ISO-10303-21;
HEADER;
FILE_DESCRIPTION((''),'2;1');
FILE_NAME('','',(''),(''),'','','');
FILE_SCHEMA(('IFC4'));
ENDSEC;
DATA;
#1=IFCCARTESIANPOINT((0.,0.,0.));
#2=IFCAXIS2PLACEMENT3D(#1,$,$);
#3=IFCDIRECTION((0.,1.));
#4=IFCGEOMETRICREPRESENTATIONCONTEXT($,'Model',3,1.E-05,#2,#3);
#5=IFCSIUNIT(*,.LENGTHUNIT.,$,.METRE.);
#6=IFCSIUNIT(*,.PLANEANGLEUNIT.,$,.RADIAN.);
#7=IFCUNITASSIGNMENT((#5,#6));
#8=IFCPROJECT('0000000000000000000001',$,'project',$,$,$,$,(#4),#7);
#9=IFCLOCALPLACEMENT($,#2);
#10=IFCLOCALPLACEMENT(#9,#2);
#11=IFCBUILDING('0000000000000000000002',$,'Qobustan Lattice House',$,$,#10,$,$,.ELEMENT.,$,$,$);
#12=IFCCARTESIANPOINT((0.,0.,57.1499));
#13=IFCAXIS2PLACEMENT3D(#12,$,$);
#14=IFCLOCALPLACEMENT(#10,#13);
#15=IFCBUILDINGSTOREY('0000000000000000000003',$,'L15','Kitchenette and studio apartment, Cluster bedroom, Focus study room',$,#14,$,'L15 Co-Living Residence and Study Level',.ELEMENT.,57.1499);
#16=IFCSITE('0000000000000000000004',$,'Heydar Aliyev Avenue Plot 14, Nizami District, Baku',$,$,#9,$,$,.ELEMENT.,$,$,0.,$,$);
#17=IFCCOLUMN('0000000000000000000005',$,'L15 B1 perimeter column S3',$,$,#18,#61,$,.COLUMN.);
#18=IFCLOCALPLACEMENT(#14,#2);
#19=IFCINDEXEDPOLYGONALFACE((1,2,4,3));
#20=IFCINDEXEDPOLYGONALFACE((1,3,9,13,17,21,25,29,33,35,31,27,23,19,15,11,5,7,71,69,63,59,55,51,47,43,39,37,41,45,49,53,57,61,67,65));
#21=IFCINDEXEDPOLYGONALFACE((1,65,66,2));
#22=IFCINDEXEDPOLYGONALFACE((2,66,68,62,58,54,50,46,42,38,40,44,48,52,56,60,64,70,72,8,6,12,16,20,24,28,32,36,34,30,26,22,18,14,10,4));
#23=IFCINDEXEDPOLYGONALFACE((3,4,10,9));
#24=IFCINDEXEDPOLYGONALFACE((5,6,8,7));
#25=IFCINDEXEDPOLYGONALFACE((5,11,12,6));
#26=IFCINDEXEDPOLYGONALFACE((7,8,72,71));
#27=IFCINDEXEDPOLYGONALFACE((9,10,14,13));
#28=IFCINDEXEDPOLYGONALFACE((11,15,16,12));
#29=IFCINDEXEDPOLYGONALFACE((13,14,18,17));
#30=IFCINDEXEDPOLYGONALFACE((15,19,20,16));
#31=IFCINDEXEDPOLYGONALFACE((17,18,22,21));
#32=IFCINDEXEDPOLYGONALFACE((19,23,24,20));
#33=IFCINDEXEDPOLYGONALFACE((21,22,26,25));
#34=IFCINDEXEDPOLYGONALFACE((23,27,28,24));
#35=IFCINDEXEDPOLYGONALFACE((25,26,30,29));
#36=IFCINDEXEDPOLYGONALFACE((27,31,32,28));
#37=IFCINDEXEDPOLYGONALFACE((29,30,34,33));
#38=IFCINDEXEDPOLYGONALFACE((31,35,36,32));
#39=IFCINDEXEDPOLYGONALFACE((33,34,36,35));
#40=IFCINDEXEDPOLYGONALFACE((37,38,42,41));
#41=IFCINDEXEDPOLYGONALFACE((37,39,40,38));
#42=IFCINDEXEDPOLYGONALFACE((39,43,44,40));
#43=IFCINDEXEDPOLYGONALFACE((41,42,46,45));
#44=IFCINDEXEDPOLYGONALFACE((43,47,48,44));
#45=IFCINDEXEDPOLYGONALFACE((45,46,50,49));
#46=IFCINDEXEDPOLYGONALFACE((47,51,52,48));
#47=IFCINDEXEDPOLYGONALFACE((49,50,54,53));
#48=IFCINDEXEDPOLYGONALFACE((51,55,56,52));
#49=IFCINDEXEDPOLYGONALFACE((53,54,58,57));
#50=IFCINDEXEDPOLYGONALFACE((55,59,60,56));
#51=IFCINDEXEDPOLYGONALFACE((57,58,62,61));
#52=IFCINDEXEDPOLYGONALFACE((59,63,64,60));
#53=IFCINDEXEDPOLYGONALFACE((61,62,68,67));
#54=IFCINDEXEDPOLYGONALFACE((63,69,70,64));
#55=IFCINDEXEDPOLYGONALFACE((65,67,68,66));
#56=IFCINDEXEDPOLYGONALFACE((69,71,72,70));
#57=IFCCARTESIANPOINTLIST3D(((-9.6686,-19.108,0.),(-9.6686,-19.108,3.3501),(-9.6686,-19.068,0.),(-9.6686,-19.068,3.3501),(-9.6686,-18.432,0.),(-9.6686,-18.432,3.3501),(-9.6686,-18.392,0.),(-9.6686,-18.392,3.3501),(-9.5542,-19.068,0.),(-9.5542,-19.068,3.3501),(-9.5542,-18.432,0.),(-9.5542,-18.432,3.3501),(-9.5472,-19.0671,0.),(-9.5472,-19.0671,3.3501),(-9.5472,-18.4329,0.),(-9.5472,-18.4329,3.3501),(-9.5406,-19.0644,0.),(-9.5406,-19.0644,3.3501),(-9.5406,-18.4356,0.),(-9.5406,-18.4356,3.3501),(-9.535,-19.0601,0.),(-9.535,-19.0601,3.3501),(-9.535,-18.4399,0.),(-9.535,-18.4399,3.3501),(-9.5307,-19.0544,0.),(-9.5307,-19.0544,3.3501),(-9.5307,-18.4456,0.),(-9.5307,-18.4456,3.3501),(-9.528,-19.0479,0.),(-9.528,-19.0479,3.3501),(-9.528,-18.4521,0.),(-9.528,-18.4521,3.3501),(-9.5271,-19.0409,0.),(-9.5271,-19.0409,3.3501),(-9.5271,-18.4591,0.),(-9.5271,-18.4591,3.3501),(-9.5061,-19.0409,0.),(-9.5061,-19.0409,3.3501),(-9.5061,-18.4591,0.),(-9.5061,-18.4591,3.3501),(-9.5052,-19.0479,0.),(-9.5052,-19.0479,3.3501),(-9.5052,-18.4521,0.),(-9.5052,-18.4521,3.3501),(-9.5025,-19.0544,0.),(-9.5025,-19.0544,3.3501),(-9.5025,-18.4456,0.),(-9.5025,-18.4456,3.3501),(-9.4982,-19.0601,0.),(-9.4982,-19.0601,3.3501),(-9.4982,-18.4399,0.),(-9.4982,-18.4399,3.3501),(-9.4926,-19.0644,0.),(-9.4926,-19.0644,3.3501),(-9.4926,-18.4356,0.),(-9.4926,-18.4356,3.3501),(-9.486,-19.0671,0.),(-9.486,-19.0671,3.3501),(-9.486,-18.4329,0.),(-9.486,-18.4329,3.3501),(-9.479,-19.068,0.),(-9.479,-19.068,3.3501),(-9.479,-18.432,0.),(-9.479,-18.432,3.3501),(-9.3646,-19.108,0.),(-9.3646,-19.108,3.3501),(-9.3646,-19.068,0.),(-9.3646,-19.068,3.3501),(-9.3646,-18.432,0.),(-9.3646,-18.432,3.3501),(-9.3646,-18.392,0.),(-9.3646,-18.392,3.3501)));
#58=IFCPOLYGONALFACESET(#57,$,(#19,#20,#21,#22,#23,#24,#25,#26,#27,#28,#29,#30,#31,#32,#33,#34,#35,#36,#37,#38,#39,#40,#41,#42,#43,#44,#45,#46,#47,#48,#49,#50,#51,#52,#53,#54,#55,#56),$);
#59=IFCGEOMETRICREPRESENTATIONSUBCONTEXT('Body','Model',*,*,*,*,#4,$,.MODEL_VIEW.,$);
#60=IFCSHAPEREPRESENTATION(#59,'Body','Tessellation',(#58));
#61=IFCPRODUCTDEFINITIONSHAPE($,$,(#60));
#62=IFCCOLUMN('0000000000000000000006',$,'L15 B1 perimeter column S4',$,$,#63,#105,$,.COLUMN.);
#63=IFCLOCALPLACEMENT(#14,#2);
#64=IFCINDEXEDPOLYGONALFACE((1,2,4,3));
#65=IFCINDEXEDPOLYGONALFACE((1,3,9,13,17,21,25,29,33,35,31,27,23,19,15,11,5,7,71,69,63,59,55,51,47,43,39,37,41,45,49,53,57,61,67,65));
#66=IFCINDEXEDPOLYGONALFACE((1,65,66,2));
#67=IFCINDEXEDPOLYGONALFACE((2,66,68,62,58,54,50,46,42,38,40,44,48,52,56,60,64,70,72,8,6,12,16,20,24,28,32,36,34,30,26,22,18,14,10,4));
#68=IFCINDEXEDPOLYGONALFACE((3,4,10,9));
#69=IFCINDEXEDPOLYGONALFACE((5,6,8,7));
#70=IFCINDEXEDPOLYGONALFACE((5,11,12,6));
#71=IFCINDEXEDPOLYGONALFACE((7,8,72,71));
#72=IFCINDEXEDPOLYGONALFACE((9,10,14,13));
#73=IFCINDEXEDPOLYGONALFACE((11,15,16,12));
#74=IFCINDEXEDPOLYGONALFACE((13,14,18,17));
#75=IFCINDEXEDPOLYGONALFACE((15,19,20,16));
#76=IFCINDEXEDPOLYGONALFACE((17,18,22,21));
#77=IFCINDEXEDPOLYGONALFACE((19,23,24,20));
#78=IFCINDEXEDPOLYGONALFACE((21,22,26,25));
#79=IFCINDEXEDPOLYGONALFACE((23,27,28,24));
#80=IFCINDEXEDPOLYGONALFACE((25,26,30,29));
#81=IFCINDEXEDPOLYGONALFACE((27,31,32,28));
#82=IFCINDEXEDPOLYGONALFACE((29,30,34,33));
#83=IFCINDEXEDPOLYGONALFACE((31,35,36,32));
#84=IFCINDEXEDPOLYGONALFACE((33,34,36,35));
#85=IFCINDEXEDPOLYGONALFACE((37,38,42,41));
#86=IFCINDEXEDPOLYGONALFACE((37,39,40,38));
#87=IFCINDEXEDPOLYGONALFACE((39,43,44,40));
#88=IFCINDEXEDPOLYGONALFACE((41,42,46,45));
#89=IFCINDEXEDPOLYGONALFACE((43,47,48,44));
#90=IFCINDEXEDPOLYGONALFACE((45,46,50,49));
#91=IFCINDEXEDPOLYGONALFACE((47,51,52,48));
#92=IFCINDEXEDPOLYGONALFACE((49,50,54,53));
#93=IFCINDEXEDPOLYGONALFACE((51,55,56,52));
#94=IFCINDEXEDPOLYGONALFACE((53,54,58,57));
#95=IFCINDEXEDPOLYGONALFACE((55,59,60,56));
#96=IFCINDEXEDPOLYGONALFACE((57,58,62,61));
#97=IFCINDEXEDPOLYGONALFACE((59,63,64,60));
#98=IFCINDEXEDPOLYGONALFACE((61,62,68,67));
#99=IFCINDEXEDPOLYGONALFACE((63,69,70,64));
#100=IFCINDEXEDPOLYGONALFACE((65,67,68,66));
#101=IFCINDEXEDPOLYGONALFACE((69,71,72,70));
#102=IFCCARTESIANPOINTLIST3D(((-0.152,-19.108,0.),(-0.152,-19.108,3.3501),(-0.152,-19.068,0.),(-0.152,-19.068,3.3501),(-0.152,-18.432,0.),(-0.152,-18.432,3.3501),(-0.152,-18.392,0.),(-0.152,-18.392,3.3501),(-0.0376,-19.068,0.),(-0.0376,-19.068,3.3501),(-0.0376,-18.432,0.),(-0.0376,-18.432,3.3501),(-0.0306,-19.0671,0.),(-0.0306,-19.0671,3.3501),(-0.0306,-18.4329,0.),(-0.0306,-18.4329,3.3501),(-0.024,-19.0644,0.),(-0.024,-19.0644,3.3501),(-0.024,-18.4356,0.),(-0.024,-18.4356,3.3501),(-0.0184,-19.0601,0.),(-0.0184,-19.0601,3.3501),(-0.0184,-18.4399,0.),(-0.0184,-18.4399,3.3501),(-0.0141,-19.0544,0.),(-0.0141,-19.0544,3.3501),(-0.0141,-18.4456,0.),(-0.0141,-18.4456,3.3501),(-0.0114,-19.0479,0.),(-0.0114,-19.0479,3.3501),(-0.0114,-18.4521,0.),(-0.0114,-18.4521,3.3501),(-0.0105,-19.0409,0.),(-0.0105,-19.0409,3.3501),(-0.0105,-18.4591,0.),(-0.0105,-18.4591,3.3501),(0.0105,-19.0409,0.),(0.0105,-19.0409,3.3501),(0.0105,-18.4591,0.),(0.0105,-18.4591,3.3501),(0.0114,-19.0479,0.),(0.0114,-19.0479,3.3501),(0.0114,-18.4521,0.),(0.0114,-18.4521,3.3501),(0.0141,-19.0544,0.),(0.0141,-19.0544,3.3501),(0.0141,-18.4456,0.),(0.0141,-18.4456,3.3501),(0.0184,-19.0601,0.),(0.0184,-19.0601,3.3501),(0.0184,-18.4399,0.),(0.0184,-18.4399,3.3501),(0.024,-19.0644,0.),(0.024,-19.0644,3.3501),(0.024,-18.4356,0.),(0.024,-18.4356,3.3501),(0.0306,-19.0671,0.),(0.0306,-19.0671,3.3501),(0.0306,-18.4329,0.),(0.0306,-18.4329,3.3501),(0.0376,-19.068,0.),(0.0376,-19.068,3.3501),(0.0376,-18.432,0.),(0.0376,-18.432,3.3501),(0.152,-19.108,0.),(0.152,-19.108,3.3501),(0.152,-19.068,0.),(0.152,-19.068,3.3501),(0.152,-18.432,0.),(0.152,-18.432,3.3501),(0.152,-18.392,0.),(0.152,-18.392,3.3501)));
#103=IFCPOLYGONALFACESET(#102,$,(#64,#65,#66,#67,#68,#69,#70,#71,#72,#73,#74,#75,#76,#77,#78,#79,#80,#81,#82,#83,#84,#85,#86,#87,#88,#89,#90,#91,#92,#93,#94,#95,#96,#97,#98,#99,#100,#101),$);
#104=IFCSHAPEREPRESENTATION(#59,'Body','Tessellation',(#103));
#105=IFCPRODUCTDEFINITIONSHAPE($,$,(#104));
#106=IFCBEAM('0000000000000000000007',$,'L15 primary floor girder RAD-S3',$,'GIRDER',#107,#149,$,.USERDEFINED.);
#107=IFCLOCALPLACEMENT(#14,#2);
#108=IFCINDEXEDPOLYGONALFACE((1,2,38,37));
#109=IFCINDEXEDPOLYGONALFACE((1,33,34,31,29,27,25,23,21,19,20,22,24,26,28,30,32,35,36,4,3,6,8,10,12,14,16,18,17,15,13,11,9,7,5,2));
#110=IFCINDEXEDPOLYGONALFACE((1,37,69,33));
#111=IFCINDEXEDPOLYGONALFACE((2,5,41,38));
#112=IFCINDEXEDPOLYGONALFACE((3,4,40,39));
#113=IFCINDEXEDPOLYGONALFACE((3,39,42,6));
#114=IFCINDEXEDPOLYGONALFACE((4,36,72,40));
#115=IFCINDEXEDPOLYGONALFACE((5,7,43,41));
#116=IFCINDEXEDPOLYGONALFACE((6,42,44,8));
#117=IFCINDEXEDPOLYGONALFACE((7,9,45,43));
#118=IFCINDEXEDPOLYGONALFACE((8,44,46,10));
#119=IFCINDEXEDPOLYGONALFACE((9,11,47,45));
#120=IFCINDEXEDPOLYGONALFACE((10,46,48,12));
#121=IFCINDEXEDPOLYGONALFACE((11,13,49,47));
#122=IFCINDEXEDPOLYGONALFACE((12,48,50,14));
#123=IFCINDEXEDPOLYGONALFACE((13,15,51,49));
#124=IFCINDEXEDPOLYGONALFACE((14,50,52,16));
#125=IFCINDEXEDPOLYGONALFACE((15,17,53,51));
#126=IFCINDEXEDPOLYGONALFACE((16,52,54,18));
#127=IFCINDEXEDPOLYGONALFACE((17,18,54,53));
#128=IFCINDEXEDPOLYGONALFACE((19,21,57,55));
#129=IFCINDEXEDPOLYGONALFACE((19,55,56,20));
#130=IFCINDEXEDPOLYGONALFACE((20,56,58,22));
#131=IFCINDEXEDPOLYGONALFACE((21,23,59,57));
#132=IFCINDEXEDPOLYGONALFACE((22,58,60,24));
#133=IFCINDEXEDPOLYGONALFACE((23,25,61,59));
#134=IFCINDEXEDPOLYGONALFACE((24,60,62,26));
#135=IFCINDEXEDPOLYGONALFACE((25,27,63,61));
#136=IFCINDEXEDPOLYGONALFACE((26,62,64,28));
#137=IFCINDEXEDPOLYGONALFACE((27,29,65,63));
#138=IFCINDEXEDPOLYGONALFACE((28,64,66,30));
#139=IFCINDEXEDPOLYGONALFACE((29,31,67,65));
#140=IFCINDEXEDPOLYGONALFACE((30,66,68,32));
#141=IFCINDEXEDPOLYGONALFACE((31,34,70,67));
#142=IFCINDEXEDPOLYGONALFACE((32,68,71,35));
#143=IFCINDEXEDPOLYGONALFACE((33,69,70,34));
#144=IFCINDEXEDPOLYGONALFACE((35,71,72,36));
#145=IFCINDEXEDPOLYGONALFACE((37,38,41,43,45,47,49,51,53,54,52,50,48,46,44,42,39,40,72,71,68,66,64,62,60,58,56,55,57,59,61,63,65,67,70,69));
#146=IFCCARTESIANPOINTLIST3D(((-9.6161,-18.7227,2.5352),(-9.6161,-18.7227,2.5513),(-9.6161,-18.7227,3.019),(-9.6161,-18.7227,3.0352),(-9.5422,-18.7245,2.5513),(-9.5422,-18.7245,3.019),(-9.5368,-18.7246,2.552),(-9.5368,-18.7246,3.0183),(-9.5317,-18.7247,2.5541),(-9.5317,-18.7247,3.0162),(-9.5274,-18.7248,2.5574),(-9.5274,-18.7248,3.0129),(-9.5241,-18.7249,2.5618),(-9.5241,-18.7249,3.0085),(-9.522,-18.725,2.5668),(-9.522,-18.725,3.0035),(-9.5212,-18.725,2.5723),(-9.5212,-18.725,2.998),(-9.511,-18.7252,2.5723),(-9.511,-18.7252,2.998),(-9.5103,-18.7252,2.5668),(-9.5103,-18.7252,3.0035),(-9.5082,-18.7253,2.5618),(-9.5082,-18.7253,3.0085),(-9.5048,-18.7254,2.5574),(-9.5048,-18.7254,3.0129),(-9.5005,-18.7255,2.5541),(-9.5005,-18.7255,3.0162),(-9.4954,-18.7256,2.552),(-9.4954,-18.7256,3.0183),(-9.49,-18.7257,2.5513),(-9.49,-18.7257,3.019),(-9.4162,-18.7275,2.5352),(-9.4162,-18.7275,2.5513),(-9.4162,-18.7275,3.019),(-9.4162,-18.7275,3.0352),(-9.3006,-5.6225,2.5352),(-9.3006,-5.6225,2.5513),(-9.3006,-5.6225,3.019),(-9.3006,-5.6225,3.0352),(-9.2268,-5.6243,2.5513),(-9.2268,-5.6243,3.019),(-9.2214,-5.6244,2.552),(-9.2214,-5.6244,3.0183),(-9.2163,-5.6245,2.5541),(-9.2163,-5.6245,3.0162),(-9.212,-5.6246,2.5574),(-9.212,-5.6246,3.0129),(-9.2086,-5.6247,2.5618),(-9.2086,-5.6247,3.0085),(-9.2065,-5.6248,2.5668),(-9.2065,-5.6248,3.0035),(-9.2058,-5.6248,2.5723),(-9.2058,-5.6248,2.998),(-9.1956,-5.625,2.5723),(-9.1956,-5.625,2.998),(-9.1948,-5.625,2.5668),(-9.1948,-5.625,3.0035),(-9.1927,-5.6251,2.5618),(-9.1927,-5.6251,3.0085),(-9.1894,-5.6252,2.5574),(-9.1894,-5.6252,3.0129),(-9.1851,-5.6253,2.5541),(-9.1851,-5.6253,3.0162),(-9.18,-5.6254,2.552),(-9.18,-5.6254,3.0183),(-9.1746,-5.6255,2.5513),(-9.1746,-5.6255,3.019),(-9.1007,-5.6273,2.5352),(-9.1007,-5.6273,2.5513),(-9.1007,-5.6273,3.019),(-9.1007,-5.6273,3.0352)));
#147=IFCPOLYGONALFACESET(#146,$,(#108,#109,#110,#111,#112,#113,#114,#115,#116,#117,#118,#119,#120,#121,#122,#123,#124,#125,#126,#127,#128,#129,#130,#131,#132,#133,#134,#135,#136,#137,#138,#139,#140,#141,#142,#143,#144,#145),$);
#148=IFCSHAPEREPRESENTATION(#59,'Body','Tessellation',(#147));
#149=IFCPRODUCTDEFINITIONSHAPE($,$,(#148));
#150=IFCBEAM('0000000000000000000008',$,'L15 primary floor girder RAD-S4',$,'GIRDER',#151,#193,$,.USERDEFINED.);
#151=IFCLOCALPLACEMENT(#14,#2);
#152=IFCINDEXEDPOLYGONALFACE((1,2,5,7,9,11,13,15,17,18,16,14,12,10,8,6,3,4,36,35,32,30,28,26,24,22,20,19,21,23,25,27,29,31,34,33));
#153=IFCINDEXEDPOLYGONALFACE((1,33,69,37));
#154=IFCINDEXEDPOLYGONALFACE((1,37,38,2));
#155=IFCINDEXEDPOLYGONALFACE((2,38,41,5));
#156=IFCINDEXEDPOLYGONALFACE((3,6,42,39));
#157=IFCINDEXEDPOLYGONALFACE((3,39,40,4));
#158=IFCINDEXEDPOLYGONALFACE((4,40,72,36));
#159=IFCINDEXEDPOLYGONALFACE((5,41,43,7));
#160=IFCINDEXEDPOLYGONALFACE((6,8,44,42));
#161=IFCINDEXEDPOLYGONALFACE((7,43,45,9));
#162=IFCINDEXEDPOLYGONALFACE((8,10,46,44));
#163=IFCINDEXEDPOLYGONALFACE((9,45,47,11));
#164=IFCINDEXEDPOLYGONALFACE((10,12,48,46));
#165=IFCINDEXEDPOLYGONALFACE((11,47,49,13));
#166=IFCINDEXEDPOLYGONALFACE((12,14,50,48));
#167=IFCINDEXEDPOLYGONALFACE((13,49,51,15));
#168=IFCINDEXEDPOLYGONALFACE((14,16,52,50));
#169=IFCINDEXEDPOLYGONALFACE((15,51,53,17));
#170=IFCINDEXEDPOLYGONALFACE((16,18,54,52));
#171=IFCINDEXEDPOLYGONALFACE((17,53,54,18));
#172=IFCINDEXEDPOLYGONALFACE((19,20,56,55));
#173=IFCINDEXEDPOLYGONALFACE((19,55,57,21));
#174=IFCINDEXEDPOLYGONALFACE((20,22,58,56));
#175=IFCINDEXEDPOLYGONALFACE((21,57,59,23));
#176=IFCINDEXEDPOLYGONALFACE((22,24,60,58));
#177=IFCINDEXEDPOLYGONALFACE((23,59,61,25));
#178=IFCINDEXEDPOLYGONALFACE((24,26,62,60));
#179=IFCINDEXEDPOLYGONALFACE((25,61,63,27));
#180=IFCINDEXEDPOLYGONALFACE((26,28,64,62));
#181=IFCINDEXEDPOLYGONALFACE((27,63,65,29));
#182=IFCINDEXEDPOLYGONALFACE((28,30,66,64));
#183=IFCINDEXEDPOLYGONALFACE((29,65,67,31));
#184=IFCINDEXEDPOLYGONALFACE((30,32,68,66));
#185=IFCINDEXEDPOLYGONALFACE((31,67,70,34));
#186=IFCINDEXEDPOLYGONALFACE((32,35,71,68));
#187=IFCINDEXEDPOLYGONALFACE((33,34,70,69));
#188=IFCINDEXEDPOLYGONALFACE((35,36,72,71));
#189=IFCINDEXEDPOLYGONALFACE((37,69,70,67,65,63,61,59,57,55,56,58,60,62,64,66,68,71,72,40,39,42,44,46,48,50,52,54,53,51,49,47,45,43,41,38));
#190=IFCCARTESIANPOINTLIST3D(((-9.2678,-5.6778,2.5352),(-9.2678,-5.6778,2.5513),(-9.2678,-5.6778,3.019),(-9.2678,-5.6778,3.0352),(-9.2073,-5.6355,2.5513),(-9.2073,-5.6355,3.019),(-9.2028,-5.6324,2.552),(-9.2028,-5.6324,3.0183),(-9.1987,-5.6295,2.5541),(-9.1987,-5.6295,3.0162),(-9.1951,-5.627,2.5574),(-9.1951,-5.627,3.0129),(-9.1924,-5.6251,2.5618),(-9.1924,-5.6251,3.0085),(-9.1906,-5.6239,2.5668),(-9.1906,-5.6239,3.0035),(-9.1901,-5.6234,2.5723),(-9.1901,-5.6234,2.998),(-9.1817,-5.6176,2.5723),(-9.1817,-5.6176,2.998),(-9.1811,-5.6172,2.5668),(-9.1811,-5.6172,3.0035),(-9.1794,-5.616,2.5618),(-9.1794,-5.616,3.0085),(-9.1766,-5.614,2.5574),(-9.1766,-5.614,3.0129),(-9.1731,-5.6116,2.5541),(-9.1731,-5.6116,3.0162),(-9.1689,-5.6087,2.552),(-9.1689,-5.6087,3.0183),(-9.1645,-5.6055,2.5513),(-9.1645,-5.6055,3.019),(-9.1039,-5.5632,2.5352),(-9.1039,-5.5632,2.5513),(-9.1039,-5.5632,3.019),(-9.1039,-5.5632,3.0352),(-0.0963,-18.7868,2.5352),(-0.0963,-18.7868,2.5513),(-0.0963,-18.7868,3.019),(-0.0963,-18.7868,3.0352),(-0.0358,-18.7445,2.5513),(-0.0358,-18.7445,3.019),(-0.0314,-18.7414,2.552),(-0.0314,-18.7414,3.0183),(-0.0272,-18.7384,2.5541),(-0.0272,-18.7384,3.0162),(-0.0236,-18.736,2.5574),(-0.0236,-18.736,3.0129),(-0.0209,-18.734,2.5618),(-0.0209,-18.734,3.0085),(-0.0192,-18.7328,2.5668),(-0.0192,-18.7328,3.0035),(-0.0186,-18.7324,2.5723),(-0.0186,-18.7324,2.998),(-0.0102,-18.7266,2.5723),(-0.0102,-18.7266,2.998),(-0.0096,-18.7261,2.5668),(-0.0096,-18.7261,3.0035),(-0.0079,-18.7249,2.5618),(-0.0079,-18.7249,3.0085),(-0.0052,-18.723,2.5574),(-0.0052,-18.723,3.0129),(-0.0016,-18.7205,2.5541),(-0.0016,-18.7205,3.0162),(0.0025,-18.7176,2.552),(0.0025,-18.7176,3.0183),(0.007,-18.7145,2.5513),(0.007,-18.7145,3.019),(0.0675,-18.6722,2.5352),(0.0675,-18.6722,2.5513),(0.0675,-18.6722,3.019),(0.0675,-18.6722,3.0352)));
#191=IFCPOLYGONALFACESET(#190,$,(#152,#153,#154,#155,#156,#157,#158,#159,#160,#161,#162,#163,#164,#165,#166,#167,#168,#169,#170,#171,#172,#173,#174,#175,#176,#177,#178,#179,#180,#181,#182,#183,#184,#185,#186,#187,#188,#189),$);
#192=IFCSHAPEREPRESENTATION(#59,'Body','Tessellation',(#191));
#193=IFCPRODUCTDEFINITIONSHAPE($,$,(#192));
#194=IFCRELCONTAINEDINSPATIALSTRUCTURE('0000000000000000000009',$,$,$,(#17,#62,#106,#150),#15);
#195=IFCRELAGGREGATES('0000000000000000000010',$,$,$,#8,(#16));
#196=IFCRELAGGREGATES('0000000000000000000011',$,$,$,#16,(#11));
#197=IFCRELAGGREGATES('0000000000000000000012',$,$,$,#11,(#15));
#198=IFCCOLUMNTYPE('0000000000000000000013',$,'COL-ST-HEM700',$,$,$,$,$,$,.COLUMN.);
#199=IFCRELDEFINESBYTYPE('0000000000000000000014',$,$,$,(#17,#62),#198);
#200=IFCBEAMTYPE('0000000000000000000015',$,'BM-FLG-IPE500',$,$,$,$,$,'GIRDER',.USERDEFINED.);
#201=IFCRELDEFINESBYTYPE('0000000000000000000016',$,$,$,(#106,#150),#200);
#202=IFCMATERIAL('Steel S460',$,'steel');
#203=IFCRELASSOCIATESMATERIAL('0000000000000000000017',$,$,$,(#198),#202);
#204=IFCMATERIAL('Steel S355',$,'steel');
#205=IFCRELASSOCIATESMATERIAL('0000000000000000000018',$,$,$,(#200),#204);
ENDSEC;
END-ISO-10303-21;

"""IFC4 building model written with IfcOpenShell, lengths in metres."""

from ifc_helpers import new_model, si_unit, direction, frame, origin, origin_2d, place, context, subcontext, project, spatial, i_section, extrude, material, material_profile, profile_set, type_object, element, save


model = new_model("IFC4")

# Units and contexts
model_context = context("Model", 3, precision=1e-05, world=origin(), true_north=direction((0.0, 1.0)))
body_context = subcontext(model_context, "Body", "Model", "MODEL_VIEW")
ifc_project = project(units=[si_unit("LENGTHUNIT", "METRE"), si_unit("PLANEANGLEUNIT", "RADIAN")], contexts=[model_context])

# Site, building, storey
site_placement = place(None, origin())
site = spatial("IfcSite", under=ifc_project, at=site_placement, Name="Heydar Aliyev Avenue Plot 14, Nizami District, Baku", CompositionType="ELEMENT", RefElevation=0.0)
building_placement = place(site_placement, origin())
building = spatial("IfcBuilding", under=site, at=building_placement, Name="Qobustan Lattice House", CompositionType="ELEMENT")
storey_placement = place(building_placement, frame((0.0, 0.0, 57.1499)))
storey = spatial("IfcBuildingStorey", under=building, at=storey_placement, Name="L15", Description="Kitchenette and studio apartment, Cluster bedroom, Focus study room", LongName="L15 Co-Living Residence and Study Level", CompositionType="ELEMENT", Elevation=57.1499)

# Columns
ifc_material_1 = material(Name="Steel S460", Category="steel")
ifc_material_profile_1 = material_profile(ifc_material_1, i_section(OverallWidth=0.304, OverallDepth=0.7161, WebThickness=0.021, FlangeThickness=0.04, FilletRadius=0.0271, at=origin_2d()), Name="HEM700")
ifc_profile_set_1 = profile_set([ifc_material_profile_1], Name="Steel S460")
column_type = type_object("IfcColumnType", Name="COL-ST-HEM700", PredefinedType="COLUMN", material=ifc_profile_set_1)
for number, where, z_axis, x_axis, name in (
    (1, (-9.5166, -18.75, 0.0), (0.0, 0.0, 1.0), (1.0, 0.0, 0.0), "L15 B1 perimeter column S3"),
    (2, (0.0, -18.75, 0.0), (0.0, 0.0, 1.0), (1.0, 0.0, 0.0), "L15 B1 perimeter column S4"),
):
    element("IfcColumn", number, at=place(storey_placement, frame(where, z_axis=z_axis, x_axis=x_axis)), inside=storey, type_object=column_type, Name=name, PredefinedType="COLUMN", context=body_context, shape_type="SweptSolid", body=[
        extrude(i_section(OverallWidth=0.304, OverallDepth=0.7161, WebThickness=0.021, FlangeThickness=0.04, FilletRadius=0.0271, at=origin_2d()), origin(), (0.0, 0.0, 1.0), 3.3501),
    ])

# Beams
ifc_material_2 = material(Name="Steel S355", Category="steel")
ifc_material_profile_2 = material_profile(ifc_material_2, i_section(OverallWidth=0.2, OverallDepth=0.5, WebThickness=0.0103, FlangeThickness=0.0161, FilletRadius=0.021, at=origin_2d()), Name="IPE500")
ifc_profile_set_2 = profile_set([ifc_material_profile_2], Name="Steel S355")
beam_type_1 = type_object("IfcBeamType", Name="BM-FLG-IPE500", ElementType="GIRDER", PredefinedType="USERDEFINED", material=ifc_profile_set_2)
beam_1_placement = place(storey_placement, frame((-9.5161, -18.7251, 2.7852), z_axis=(0.024071, 0.99971, 0.0), x_axis=(-0.99971, 0.024071, 0.0)))
element("IfcBeam", 3, at=beam_1_placement, inside=storey, type_object=beam_type_1, Name="L15 primary floor girder RAD-S3", ObjectType="GIRDER", PredefinedType="USERDEFINED", context=body_context, shape_type="SweptSolid", body=[
    extrude(i_section(OverallWidth=0.2, OverallDepth=0.5, WebThickness=0.0103, FlangeThickness=0.0161, FilletRadius=0.021, at=origin_2d()), origin(), (0.0, 0.0, 1.0), 13.104),
])
beam_2_placement = place(storey_placement, frame((-0.0144, -18.7295, 2.7852), z_axis=(-0.57326, 0.819374, 0.0), x_axis=(-0.819374, -0.57326, 0.0)))
element("IfcBeam", 4, at=beam_2_placement, inside=storey, type_object=beam_type_1, Name="L15 primary floor girder RAD-S4", ObjectType="GIRDER", PredefinedType="USERDEFINED", context=body_context, shape_type="SweptSolid", body=[
    extrude(i_section(OverallWidth=0.2, OverallDepth=0.5, WebThickness=0.0103, FlangeThickness=0.0161, FilletRadius=0.021, at=origin_2d()), origin(), (0.0, 0.0, 1.0), 15.9988),
])

save(model, "model.ifc")
